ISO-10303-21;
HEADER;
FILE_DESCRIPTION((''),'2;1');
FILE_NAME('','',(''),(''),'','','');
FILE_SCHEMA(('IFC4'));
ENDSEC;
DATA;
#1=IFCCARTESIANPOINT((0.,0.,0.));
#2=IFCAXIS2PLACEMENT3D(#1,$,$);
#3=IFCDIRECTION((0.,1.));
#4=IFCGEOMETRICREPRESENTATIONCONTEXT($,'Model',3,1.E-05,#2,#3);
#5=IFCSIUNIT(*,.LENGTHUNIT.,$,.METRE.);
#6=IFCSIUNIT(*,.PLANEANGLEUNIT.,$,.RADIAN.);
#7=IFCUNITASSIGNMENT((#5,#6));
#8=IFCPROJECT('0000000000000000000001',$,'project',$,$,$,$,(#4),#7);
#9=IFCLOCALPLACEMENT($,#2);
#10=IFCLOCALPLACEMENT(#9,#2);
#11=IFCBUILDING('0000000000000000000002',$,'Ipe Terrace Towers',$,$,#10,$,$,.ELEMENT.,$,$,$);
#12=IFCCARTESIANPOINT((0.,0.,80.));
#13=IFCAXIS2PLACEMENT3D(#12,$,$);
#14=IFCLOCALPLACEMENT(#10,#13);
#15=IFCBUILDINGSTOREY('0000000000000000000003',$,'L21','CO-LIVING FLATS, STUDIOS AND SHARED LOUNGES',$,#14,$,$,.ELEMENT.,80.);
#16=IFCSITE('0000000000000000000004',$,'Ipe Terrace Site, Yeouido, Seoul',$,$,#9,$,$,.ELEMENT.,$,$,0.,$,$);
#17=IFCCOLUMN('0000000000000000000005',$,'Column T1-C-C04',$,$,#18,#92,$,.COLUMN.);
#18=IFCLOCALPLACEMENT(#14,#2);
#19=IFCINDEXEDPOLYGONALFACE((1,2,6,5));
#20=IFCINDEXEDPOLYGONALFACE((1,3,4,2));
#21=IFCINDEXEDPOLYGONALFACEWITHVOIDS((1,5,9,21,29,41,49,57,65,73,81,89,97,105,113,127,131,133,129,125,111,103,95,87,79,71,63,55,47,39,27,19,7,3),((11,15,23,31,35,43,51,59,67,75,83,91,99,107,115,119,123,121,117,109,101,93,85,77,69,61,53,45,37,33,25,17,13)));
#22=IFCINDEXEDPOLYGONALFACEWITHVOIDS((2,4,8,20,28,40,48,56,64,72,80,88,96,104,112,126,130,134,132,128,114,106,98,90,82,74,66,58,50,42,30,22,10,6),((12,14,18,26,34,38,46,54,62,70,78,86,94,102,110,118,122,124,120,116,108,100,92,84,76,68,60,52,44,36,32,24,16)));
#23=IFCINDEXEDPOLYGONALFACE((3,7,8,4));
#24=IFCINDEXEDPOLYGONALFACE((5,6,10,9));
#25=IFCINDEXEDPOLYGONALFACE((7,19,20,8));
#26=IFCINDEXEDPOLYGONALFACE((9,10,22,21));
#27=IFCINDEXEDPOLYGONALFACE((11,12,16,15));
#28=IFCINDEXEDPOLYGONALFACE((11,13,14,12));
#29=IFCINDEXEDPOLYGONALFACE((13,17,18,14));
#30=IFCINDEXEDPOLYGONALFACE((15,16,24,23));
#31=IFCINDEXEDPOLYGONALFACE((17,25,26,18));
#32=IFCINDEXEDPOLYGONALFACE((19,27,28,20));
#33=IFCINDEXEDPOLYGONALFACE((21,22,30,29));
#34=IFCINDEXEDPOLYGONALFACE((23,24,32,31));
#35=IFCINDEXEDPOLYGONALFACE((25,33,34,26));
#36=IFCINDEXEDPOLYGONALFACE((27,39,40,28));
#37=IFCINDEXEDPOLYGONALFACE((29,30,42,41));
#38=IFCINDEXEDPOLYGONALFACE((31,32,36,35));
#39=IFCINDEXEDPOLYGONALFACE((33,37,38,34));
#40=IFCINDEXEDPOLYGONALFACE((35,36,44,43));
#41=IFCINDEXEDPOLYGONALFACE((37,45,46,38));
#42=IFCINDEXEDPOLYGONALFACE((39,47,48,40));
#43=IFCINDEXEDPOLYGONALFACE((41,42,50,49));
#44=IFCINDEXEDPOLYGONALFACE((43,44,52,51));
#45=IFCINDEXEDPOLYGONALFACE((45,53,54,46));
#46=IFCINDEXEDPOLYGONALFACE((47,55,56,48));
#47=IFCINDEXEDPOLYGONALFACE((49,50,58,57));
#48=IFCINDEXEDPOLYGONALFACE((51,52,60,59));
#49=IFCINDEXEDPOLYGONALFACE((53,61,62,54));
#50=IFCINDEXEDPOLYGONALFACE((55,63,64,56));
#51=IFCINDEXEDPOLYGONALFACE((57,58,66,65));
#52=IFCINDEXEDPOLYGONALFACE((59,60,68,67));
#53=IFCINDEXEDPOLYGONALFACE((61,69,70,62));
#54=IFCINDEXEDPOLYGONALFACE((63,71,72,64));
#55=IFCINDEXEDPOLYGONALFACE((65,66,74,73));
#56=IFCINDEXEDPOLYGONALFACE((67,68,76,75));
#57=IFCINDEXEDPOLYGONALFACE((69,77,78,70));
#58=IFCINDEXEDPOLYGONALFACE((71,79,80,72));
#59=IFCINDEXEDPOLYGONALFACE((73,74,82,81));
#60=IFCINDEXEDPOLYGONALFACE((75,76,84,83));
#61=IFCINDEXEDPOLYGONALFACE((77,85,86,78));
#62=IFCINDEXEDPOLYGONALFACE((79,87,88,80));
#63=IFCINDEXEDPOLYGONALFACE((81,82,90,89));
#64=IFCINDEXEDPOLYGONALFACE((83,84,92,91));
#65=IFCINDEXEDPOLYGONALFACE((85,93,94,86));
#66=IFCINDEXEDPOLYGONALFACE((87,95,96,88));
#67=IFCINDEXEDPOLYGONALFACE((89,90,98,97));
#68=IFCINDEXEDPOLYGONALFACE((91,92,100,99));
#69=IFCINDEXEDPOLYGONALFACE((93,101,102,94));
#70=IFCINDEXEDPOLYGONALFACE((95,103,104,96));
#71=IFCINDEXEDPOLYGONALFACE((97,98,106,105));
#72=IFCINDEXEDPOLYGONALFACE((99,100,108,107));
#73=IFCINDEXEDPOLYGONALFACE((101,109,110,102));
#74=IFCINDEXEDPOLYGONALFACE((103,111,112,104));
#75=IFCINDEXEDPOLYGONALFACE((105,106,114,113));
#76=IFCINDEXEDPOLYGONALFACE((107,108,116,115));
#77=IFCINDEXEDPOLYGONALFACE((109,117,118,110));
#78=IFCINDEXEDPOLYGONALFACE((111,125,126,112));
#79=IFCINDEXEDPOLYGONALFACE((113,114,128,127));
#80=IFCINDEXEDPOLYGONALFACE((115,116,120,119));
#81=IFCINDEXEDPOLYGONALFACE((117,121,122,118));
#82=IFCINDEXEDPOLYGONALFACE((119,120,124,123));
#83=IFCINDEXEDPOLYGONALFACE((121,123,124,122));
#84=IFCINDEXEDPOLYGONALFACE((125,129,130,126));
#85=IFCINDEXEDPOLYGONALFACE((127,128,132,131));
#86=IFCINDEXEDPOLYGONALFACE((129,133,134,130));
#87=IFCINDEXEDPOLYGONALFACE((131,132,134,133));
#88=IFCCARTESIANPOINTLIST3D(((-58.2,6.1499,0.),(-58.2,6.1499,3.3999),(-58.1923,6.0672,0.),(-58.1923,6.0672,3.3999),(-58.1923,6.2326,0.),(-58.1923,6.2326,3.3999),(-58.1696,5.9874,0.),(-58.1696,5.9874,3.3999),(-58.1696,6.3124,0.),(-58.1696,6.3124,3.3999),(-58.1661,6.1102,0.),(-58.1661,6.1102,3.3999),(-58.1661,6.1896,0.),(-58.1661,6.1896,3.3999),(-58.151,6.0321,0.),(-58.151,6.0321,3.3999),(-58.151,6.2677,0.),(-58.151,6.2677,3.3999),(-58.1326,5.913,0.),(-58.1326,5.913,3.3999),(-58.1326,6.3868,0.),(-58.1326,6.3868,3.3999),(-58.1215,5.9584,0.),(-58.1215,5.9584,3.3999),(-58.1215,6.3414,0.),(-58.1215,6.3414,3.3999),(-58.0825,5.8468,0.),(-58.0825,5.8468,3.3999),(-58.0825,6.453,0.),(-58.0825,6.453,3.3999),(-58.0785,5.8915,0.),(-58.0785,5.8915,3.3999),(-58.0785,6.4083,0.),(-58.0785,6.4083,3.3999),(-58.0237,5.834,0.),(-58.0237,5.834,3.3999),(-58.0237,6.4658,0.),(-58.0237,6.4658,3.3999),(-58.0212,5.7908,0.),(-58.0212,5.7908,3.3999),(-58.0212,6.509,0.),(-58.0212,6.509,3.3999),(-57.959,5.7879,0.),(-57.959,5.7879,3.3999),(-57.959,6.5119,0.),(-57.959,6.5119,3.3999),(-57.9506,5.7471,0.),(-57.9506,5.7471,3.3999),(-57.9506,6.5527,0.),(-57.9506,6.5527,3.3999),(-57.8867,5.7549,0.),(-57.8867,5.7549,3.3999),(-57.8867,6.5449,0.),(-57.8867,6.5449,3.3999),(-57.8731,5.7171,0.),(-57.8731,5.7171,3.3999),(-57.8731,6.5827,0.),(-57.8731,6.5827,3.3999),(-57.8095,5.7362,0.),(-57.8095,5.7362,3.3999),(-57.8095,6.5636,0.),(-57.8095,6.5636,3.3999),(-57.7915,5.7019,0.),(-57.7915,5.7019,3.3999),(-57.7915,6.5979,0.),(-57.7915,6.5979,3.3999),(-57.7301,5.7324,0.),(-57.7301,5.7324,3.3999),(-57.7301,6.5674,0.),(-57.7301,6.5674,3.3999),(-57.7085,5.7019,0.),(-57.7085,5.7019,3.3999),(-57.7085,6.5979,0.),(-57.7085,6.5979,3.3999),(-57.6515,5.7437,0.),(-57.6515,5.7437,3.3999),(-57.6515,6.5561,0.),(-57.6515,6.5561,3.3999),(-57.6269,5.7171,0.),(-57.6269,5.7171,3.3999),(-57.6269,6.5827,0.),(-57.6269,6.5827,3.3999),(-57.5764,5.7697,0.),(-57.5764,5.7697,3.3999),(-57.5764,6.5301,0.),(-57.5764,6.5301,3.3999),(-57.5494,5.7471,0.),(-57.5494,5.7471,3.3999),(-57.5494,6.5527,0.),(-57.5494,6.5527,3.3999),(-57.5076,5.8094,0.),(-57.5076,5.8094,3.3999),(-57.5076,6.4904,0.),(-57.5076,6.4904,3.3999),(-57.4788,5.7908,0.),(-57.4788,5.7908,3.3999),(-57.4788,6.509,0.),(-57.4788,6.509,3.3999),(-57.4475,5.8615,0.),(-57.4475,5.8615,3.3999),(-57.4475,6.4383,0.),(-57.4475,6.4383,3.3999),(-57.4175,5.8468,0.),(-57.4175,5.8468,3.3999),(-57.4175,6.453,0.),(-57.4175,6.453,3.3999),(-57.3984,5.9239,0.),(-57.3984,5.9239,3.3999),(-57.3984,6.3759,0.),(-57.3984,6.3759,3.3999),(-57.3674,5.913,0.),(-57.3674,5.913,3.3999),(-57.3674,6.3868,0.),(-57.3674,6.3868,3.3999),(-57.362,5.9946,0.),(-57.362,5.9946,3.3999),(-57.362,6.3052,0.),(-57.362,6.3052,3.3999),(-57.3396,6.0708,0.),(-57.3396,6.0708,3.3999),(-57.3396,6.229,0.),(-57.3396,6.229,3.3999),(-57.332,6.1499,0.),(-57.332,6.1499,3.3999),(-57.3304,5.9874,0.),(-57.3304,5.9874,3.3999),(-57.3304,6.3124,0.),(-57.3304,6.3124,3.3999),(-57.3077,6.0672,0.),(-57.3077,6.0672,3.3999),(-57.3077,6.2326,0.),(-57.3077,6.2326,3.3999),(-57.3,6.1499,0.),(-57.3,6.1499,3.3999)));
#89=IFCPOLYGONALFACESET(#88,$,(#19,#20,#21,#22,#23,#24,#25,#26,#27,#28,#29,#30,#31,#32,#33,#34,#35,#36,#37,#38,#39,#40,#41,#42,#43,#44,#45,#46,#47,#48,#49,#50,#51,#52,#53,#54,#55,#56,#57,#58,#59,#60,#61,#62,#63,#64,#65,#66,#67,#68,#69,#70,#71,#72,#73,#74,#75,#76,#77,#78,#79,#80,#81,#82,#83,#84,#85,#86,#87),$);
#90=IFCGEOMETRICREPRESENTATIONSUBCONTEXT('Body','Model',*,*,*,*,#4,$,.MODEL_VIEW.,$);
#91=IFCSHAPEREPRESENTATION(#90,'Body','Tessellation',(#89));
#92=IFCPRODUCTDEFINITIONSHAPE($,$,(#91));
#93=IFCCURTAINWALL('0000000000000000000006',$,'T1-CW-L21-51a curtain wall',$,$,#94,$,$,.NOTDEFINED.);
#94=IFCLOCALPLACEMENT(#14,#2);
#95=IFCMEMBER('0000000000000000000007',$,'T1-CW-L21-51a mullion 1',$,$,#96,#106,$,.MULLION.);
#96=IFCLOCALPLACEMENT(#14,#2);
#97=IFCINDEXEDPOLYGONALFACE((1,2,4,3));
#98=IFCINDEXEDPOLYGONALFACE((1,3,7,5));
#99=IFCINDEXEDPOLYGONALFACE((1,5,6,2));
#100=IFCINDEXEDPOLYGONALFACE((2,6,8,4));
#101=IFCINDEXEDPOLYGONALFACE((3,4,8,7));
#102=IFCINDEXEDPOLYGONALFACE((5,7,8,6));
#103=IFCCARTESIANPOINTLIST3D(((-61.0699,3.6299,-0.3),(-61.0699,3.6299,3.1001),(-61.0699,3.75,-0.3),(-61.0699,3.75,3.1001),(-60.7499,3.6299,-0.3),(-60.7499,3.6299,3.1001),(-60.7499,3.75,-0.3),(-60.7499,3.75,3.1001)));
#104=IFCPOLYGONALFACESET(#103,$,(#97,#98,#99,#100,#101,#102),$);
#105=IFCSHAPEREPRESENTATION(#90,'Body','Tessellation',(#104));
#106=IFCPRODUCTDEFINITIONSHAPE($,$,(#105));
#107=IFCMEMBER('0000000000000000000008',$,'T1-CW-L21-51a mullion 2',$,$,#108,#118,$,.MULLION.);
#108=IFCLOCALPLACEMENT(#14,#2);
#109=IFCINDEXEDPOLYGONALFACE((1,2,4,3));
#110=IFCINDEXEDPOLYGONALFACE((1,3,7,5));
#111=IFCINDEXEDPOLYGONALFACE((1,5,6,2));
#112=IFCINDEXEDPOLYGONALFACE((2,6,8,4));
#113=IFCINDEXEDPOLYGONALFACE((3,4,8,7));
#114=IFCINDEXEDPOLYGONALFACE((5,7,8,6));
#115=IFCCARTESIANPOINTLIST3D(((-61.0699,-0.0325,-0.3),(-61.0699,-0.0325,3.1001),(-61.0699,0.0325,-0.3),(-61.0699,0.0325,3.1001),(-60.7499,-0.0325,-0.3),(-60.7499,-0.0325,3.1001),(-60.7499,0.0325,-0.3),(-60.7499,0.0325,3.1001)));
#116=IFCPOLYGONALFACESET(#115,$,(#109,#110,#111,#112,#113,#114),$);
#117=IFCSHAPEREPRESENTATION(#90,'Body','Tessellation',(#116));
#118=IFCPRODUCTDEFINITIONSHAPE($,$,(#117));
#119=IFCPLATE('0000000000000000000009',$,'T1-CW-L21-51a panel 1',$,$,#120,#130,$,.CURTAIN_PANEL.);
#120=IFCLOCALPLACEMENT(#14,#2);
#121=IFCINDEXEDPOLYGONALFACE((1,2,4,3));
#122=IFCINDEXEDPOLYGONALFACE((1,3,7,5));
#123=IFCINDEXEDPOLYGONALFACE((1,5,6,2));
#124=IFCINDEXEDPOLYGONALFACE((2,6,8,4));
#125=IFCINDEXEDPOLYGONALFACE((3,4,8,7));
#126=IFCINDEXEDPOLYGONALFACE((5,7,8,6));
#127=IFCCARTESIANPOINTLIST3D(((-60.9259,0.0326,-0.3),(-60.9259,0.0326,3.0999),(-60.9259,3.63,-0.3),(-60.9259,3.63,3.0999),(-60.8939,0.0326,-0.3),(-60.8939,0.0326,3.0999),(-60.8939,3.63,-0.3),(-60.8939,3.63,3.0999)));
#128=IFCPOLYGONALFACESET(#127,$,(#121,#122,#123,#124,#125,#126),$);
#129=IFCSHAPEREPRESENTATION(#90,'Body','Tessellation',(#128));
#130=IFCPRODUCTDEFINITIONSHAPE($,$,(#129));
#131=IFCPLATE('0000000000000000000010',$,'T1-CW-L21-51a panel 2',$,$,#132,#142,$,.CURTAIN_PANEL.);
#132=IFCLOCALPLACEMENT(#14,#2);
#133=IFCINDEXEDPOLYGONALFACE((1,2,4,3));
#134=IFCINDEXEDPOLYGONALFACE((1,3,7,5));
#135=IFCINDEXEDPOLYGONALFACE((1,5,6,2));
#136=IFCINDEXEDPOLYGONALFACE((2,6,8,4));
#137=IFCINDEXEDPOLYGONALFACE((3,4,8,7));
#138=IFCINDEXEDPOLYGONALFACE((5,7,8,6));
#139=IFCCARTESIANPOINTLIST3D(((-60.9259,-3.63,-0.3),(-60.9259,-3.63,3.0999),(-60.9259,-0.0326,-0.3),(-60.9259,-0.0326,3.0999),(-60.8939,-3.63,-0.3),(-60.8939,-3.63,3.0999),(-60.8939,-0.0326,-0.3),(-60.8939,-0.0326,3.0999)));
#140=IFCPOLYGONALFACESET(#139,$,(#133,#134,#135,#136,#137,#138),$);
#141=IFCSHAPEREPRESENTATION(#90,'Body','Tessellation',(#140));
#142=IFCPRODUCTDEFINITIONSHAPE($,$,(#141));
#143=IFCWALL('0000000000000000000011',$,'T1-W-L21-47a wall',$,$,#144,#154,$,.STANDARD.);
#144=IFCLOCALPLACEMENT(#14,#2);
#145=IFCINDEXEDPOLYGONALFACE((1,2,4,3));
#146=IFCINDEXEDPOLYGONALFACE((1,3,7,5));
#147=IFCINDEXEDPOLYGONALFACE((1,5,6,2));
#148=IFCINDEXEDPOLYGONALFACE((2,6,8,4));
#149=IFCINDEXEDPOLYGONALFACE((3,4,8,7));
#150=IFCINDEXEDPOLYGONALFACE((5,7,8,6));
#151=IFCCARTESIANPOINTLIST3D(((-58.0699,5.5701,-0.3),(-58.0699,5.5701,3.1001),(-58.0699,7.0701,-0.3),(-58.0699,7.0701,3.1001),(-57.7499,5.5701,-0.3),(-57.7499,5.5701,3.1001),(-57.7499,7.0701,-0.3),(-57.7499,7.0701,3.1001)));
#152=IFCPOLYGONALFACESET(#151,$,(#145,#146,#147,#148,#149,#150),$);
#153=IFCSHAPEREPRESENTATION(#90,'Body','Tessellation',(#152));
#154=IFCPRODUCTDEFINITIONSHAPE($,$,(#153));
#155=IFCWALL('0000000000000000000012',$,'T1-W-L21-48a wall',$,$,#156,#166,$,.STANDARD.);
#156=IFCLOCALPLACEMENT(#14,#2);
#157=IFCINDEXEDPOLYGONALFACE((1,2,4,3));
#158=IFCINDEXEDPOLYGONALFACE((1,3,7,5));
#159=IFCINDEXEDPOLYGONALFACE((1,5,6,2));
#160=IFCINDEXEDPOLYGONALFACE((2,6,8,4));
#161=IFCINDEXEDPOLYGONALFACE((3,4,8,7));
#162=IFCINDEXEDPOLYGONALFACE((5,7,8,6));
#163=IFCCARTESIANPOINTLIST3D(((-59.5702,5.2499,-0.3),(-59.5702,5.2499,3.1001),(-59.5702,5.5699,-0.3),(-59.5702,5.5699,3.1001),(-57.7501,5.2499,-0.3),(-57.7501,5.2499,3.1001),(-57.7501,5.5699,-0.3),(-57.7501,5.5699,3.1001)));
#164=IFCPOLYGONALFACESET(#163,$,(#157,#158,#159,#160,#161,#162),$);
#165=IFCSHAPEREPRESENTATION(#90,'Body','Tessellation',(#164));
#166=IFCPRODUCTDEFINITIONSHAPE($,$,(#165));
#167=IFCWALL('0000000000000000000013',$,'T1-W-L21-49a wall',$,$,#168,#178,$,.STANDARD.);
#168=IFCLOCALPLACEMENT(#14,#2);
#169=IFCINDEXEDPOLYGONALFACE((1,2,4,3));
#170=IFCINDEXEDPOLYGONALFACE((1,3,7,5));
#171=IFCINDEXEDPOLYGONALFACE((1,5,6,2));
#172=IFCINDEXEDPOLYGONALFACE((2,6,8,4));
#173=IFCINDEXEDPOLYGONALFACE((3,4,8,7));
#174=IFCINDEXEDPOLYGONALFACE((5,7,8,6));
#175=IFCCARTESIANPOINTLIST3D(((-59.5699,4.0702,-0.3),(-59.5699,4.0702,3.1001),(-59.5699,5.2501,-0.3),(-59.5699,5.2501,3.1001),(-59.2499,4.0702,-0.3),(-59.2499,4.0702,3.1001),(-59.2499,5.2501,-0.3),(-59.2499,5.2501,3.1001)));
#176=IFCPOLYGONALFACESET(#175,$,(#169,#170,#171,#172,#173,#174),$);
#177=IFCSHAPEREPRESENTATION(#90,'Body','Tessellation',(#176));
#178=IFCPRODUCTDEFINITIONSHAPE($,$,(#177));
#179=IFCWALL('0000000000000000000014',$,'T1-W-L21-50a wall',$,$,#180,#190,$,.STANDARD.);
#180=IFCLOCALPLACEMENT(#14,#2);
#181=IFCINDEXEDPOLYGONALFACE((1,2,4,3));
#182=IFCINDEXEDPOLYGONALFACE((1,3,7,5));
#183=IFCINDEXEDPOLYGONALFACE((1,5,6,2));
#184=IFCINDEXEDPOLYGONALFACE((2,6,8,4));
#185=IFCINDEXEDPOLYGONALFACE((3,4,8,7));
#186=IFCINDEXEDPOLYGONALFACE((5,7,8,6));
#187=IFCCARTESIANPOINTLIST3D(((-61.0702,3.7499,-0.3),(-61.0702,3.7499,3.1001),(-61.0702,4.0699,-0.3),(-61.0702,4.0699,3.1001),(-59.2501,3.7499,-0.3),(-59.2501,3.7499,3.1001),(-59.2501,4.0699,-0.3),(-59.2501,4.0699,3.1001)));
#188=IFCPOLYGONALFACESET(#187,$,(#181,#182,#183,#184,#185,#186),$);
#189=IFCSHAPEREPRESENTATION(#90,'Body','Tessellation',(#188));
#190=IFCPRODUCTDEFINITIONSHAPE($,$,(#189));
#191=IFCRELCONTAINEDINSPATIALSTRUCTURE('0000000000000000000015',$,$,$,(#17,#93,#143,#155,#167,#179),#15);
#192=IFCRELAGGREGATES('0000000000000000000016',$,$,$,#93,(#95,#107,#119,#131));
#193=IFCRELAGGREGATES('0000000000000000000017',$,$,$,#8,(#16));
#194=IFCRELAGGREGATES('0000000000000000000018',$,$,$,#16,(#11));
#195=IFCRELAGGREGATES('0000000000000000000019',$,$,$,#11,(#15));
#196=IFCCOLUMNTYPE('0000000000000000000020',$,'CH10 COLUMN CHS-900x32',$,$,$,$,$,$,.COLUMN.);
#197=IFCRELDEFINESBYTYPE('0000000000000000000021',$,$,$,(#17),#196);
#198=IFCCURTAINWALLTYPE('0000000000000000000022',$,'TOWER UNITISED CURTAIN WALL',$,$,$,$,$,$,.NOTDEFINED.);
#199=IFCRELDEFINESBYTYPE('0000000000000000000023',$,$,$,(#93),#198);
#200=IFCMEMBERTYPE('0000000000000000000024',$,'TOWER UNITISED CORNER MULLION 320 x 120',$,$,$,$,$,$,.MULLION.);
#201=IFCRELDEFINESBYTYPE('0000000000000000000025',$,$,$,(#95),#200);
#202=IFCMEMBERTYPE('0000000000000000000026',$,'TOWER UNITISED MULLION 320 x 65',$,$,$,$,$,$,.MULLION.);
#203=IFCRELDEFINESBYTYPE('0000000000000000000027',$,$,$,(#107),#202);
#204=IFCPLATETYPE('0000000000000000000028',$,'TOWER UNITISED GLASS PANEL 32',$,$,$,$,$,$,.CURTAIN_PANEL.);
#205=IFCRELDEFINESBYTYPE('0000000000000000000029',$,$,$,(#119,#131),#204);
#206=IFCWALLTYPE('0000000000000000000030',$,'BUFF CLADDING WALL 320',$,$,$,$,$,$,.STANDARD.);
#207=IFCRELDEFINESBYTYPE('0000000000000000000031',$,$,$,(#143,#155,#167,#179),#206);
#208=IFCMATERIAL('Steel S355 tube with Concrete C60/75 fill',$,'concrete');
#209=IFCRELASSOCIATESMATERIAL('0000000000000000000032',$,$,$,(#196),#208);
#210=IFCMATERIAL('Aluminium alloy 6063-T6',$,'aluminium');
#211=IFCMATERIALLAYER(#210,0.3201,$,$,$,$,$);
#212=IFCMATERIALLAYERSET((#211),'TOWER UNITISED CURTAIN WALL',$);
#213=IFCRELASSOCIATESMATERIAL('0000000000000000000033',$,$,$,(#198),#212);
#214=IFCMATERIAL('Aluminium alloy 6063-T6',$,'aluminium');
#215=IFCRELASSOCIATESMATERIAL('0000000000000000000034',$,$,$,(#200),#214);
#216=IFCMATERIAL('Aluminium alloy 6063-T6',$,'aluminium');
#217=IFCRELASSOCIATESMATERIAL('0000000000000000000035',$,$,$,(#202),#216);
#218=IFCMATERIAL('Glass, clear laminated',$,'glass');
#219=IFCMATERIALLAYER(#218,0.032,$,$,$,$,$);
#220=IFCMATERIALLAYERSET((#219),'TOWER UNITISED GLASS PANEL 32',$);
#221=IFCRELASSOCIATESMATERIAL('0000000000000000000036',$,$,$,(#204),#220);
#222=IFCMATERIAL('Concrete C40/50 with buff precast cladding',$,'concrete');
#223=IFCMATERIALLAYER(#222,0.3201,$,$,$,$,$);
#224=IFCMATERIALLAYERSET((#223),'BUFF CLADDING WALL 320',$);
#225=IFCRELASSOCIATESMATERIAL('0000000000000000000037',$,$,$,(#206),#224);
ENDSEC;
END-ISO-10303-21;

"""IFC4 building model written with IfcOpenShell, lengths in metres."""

from ifc_helpers import new_model, si_unit, direction, frame, frame_2d, origin, origin_2d, place, context, subcontext, project, spatial, rectangle, hollow_circle, extrude, material, layer, layer_set, material_profile, profile_set, type_object, element, aggregate, save


model = new_model("IFC4")

# Units and contexts
model_context = context("Model", 3, precision=1e-05, world=origin(), true_north=direction((0.0, 1.0)))
body_context = subcontext(model_context, "Body", "Model", "MODEL_VIEW")
ifc_project = project(units=[si_unit("LENGTHUNIT", "METRE"), si_unit("PLANEANGLEUNIT", "RADIAN")], contexts=[model_context])

# Site, building, storey
site_placement = place(None, origin())
site = spatial("IfcSite", under=ifc_project, at=site_placement, Name="Ipe Terrace Site, Yeouido, Seoul", CompositionType="ELEMENT", RefElevation=0.0)
building_placement = place(site_placement, origin())
building = spatial("IfcBuilding", under=site, at=building_placement, Name="Ipe Terrace Towers", CompositionType="ELEMENT")
storey_placement = place(building_placement, frame((0.0, 0.0, 80.0)))
storey = spatial("IfcBuildingStorey", under=building, at=storey_placement, Name="L21", Description="CO-LIVING FLATS, STUDIOS AND SHARED LOUNGES", CompositionType="ELEMENT", Elevation=80.0)

# Column
ifc_material_1 = material(Name="Steel S355 tube with Concrete C60/75 fill", Category="concrete")
ifc_material_profile_1 = material_profile(ifc_material_1, hollow_circle(Radius=0.45, WallThickness=0.032, at=origin_2d()), Name="CHS-900x32")
ifc_profile_set_1 = profile_set([ifc_material_profile_1], Name="Steel S355 tube with Concrete C60/75 fill")
column_type = type_object("IfcColumnType", Name="CH10 COLUMN CHS-900x32", PredefinedType="COLUMN", material=ifc_profile_set_1)
column_placement = place(storey_placement, frame((-57.75, 6.1499, 0.0), z_axis=(0.0, 0.0, 1.0), x_axis=(1.0, 0.0, 0.0)))
element("IfcColumn", 1, at=column_placement, inside=storey, type_object=column_type, Name="Column T1-C-C04", PredefinedType="COLUMN", context=body_context, shape_type="SweptSolid", body=[
    extrude(hollow_circle(Radius=0.45, WallThickness=0.032, at=origin_2d()), origin(), (0.0, 0.0, 1.0), 3.3999),
])

# Curtain wall, members, plates
ifc_material_2 = material(Name="Aluminium alloy 6063-T6", Category="aluminium")
ifc_layer_1 = layer(ifc_material_2, 0.3201)
ifc_layer_set_1 = layer_set([ifc_layer_1], Name="TOWER UNITISED CURTAIN WALL")
curtain_wall_type = type_object("IfcCurtainWallType", Name="TOWER UNITISED CURTAIN WALL", PredefinedType="NOTDEFINED", material=ifc_layer_set_1)
curtain_wall_placement = place(storey_placement, origin())
curtain_wall = element("IfcCurtainWall", 2, at=curtain_wall_placement, inside=storey, type_object=curtain_wall_type, Name="T1-CW-L21-51a curtain wall", PredefinedType="NOTDEFINED")
ifc_material_3 = material(Name="Aluminium alloy 6063-T6", Category="aluminium")
ifc_material_profile_2 = material_profile(ifc_material_3, rectangle(XDim=0.3201, YDim=0.1201, at=origin_2d()), Name="TOWER UNITISED CORNER MULLION 320 x 120")
ifc_profile_set_2 = profile_set([ifc_material_profile_2], Name="Aluminium alloy 6063-T6")
member_type_1 = type_object("IfcMemberType", Name="TOWER UNITISED CORNER MULLION 320 x 120", PredefinedType="MULLION", material=ifc_profile_set_2)
member_1_placement = place(storey_placement, frame((-60.9099, 3.6899, -0.3), z_axis=(0.0, 0.0, 1.0), x_axis=(-1.0, 0.0, 0.0)))
member_1 = element("IfcMember", 3, at=member_1_placement, type_object=member_type_1, Name="T1-CW-L21-51a mullion 1", PredefinedType="MULLION", context=body_context, shape_type="SweptSolid", body=[
    extrude(rectangle(XDim=0.3201, YDim=0.1201, at=origin_2d()), origin(), (0.0, 0.0, 1.0), 3.4001),
])
ifc_material_4 = material(Name="Aluminium alloy 6063-T6", Category="aluminium")
ifc_material_profile_3 = material_profile(ifc_material_4, rectangle(XDim=0.3201, YDim=0.0649, at=origin_2d()), Name="TOWER UNITISED MULLION 320 x 65")
ifc_profile_set_3 = profile_set([ifc_material_profile_3], Name="Aluminium alloy 6063-T6")
member_type_2 = type_object("IfcMemberType", Name="TOWER UNITISED MULLION 320 x 65", PredefinedType="MULLION", material=ifc_profile_set_3)
member_2_placement = place(storey_placement, frame((-60.9099, 0.0, -0.3), z_axis=(0.0, 0.0, 1.0), x_axis=(-1.0, 0.0, 0.0)))
member_2 = element("IfcMember", 4, at=member_2_placement, type_object=member_type_2, Name="T1-CW-L21-51a mullion 2", PredefinedType="MULLION", context=body_context, shape_type="SweptSolid", body=[
    extrude(rectangle(XDim=0.3201, YDim=0.0649, at=origin_2d()), origin(), (0.0, 0.0, 1.0), 3.4001),
])
ifc_material_5 = material(Name="Glass, clear laminated", Category="glass")
ifc_layer_2 = layer(ifc_material_5, 0.032)
ifc_layer_set_2 = layer_set([ifc_layer_2], Name="TOWER UNITISED GLASS PANEL 32")
plate_type = type_object("IfcPlateType", Name="TOWER UNITISED GLASS PANEL 32", PredefinedType="CURTAIN_PANEL", material=ifc_layer_set_2)
plate_1_placement = place(storey_placement, frame((-60.9099, 1.8313, -0.3), z_axis=(0.0, 0.0, 1.0), x_axis=(0.0, -1.0, 0.0)))
plate_1 = element("IfcPlate", 5, at=plate_1_placement, type_object=plate_type, Name="T1-CW-L21-51a panel 1", PredefinedType="CURTAIN_PANEL", context=body_context, shape_type="SweptSolid", body=[
    extrude(rectangle(XDim=3.5974, YDim=0.032, at=origin_2d()), origin(), (0.0, 0.0, 1.0), 3.3999),
])
plate_2_placement = place(storey_placement, frame((-60.9099, -1.8313, -0.3), z_axis=(0.0, 0.0, 1.0), x_axis=(0.0, -1.0, 0.0)))
plate_2 = element("IfcPlate", 6, at=plate_2_placement, type_object=plate_type, Name="T1-CW-L21-51a panel 2", PredefinedType="CURTAIN_PANEL", context=body_context, shape_type="SweptSolid", body=[
    extrude(rectangle(XDim=3.5974, YDim=0.032, at=origin_2d()), origin(), (0.0, 0.0, 1.0), 3.3999),
])
aggregate(curtain_wall, [member_1, member_2, plate_1, plate_2])

# Walls
ifc_material_6 = material(Name="Concrete C40/50 with buff precast cladding", Category="concrete")
ifc_layer_3 = layer(ifc_material_6, 0.3201)
ifc_layer_set_3 = layer_set([ifc_layer_3], Name="BUFF CLADDING WALL 320")
wall_type_1 = type_object("IfcWallType", Name="BUFF CLADDING WALL 320", PredefinedType="STANDARD", material=ifc_layer_set_3)
wall_1_placement = place(storey_placement, frame((-57.9099, 7.0701, -0.3), z_axis=(0.0, 0.0, 1.0), x_axis=(0.0, -1.0, 0.0)))
element("IfcWall", 7, at=wall_1_placement, inside=storey, type_object=wall_type_1, Name="T1-W-L21-47a wall", PredefinedType="STANDARD", context=body_context, shape_type="SweptSolid", body=[
    extrude(rectangle(XDim=1.5, YDim=0.3201, at=frame_2d((0.75, 0.0))), origin(), (0.0, 0.0, 1.0), 3.4001),
])
wall_2_placement = place(storey_placement, frame((-57.75, 5.4099, -0.3), z_axis=(0.0, 0.0, 1.0), x_axis=(-1.0, 0.0, 0.0)))
element("IfcWall", 8, at=wall_2_placement, inside=storey, type_object=wall_type_1, Name="T1-W-L21-48a wall", PredefinedType="STANDARD", context=body_context, shape_type="SweptSolid", body=[
    extrude(rectangle(XDim=1.8201, YDim=0.3201, at=frame_2d((0.9102, 0.0))), origin(), (0.0, 0.0, 1.0), 3.4001),
])
wall_3_placement = place(storey_placement, frame((-59.4099, 5.25, -0.3), z_axis=(0.0, 0.0, 1.0), x_axis=(0.0, -1.0, 0.0)))
element("IfcWall", 9, at=wall_3_placement, inside=storey, type_object=wall_type_1, Name="T1-W-L21-49a wall", PredefinedType="STANDARD", context=body_context, shape_type="SweptSolid", body=[
    extrude(rectangle(XDim=1.1799, YDim=0.3201, at=frame_2d((0.5898, 0.0))), origin(), (0.0, 0.0, 1.0), 3.4001),
])
wall_4_placement = place(storey_placement, frame((-59.25, 3.9099, -0.3), z_axis=(0.0, 0.0, 1.0), x_axis=(-1.0, 0.0, 0.0)))
element("IfcWall", 10, at=wall_4_placement, inside=storey, type_object=wall_type_1, Name="T1-W-L21-50a wall", PredefinedType="STANDARD", context=body_context, shape_type="SweptSolid", body=[
    extrude(rectangle(XDim=1.8201, YDim=0.3201, at=frame_2d((0.9102, 0.0))), origin(), (0.0, 0.0, 1.0), 3.4001),
])

save(model, "model.ifc")
